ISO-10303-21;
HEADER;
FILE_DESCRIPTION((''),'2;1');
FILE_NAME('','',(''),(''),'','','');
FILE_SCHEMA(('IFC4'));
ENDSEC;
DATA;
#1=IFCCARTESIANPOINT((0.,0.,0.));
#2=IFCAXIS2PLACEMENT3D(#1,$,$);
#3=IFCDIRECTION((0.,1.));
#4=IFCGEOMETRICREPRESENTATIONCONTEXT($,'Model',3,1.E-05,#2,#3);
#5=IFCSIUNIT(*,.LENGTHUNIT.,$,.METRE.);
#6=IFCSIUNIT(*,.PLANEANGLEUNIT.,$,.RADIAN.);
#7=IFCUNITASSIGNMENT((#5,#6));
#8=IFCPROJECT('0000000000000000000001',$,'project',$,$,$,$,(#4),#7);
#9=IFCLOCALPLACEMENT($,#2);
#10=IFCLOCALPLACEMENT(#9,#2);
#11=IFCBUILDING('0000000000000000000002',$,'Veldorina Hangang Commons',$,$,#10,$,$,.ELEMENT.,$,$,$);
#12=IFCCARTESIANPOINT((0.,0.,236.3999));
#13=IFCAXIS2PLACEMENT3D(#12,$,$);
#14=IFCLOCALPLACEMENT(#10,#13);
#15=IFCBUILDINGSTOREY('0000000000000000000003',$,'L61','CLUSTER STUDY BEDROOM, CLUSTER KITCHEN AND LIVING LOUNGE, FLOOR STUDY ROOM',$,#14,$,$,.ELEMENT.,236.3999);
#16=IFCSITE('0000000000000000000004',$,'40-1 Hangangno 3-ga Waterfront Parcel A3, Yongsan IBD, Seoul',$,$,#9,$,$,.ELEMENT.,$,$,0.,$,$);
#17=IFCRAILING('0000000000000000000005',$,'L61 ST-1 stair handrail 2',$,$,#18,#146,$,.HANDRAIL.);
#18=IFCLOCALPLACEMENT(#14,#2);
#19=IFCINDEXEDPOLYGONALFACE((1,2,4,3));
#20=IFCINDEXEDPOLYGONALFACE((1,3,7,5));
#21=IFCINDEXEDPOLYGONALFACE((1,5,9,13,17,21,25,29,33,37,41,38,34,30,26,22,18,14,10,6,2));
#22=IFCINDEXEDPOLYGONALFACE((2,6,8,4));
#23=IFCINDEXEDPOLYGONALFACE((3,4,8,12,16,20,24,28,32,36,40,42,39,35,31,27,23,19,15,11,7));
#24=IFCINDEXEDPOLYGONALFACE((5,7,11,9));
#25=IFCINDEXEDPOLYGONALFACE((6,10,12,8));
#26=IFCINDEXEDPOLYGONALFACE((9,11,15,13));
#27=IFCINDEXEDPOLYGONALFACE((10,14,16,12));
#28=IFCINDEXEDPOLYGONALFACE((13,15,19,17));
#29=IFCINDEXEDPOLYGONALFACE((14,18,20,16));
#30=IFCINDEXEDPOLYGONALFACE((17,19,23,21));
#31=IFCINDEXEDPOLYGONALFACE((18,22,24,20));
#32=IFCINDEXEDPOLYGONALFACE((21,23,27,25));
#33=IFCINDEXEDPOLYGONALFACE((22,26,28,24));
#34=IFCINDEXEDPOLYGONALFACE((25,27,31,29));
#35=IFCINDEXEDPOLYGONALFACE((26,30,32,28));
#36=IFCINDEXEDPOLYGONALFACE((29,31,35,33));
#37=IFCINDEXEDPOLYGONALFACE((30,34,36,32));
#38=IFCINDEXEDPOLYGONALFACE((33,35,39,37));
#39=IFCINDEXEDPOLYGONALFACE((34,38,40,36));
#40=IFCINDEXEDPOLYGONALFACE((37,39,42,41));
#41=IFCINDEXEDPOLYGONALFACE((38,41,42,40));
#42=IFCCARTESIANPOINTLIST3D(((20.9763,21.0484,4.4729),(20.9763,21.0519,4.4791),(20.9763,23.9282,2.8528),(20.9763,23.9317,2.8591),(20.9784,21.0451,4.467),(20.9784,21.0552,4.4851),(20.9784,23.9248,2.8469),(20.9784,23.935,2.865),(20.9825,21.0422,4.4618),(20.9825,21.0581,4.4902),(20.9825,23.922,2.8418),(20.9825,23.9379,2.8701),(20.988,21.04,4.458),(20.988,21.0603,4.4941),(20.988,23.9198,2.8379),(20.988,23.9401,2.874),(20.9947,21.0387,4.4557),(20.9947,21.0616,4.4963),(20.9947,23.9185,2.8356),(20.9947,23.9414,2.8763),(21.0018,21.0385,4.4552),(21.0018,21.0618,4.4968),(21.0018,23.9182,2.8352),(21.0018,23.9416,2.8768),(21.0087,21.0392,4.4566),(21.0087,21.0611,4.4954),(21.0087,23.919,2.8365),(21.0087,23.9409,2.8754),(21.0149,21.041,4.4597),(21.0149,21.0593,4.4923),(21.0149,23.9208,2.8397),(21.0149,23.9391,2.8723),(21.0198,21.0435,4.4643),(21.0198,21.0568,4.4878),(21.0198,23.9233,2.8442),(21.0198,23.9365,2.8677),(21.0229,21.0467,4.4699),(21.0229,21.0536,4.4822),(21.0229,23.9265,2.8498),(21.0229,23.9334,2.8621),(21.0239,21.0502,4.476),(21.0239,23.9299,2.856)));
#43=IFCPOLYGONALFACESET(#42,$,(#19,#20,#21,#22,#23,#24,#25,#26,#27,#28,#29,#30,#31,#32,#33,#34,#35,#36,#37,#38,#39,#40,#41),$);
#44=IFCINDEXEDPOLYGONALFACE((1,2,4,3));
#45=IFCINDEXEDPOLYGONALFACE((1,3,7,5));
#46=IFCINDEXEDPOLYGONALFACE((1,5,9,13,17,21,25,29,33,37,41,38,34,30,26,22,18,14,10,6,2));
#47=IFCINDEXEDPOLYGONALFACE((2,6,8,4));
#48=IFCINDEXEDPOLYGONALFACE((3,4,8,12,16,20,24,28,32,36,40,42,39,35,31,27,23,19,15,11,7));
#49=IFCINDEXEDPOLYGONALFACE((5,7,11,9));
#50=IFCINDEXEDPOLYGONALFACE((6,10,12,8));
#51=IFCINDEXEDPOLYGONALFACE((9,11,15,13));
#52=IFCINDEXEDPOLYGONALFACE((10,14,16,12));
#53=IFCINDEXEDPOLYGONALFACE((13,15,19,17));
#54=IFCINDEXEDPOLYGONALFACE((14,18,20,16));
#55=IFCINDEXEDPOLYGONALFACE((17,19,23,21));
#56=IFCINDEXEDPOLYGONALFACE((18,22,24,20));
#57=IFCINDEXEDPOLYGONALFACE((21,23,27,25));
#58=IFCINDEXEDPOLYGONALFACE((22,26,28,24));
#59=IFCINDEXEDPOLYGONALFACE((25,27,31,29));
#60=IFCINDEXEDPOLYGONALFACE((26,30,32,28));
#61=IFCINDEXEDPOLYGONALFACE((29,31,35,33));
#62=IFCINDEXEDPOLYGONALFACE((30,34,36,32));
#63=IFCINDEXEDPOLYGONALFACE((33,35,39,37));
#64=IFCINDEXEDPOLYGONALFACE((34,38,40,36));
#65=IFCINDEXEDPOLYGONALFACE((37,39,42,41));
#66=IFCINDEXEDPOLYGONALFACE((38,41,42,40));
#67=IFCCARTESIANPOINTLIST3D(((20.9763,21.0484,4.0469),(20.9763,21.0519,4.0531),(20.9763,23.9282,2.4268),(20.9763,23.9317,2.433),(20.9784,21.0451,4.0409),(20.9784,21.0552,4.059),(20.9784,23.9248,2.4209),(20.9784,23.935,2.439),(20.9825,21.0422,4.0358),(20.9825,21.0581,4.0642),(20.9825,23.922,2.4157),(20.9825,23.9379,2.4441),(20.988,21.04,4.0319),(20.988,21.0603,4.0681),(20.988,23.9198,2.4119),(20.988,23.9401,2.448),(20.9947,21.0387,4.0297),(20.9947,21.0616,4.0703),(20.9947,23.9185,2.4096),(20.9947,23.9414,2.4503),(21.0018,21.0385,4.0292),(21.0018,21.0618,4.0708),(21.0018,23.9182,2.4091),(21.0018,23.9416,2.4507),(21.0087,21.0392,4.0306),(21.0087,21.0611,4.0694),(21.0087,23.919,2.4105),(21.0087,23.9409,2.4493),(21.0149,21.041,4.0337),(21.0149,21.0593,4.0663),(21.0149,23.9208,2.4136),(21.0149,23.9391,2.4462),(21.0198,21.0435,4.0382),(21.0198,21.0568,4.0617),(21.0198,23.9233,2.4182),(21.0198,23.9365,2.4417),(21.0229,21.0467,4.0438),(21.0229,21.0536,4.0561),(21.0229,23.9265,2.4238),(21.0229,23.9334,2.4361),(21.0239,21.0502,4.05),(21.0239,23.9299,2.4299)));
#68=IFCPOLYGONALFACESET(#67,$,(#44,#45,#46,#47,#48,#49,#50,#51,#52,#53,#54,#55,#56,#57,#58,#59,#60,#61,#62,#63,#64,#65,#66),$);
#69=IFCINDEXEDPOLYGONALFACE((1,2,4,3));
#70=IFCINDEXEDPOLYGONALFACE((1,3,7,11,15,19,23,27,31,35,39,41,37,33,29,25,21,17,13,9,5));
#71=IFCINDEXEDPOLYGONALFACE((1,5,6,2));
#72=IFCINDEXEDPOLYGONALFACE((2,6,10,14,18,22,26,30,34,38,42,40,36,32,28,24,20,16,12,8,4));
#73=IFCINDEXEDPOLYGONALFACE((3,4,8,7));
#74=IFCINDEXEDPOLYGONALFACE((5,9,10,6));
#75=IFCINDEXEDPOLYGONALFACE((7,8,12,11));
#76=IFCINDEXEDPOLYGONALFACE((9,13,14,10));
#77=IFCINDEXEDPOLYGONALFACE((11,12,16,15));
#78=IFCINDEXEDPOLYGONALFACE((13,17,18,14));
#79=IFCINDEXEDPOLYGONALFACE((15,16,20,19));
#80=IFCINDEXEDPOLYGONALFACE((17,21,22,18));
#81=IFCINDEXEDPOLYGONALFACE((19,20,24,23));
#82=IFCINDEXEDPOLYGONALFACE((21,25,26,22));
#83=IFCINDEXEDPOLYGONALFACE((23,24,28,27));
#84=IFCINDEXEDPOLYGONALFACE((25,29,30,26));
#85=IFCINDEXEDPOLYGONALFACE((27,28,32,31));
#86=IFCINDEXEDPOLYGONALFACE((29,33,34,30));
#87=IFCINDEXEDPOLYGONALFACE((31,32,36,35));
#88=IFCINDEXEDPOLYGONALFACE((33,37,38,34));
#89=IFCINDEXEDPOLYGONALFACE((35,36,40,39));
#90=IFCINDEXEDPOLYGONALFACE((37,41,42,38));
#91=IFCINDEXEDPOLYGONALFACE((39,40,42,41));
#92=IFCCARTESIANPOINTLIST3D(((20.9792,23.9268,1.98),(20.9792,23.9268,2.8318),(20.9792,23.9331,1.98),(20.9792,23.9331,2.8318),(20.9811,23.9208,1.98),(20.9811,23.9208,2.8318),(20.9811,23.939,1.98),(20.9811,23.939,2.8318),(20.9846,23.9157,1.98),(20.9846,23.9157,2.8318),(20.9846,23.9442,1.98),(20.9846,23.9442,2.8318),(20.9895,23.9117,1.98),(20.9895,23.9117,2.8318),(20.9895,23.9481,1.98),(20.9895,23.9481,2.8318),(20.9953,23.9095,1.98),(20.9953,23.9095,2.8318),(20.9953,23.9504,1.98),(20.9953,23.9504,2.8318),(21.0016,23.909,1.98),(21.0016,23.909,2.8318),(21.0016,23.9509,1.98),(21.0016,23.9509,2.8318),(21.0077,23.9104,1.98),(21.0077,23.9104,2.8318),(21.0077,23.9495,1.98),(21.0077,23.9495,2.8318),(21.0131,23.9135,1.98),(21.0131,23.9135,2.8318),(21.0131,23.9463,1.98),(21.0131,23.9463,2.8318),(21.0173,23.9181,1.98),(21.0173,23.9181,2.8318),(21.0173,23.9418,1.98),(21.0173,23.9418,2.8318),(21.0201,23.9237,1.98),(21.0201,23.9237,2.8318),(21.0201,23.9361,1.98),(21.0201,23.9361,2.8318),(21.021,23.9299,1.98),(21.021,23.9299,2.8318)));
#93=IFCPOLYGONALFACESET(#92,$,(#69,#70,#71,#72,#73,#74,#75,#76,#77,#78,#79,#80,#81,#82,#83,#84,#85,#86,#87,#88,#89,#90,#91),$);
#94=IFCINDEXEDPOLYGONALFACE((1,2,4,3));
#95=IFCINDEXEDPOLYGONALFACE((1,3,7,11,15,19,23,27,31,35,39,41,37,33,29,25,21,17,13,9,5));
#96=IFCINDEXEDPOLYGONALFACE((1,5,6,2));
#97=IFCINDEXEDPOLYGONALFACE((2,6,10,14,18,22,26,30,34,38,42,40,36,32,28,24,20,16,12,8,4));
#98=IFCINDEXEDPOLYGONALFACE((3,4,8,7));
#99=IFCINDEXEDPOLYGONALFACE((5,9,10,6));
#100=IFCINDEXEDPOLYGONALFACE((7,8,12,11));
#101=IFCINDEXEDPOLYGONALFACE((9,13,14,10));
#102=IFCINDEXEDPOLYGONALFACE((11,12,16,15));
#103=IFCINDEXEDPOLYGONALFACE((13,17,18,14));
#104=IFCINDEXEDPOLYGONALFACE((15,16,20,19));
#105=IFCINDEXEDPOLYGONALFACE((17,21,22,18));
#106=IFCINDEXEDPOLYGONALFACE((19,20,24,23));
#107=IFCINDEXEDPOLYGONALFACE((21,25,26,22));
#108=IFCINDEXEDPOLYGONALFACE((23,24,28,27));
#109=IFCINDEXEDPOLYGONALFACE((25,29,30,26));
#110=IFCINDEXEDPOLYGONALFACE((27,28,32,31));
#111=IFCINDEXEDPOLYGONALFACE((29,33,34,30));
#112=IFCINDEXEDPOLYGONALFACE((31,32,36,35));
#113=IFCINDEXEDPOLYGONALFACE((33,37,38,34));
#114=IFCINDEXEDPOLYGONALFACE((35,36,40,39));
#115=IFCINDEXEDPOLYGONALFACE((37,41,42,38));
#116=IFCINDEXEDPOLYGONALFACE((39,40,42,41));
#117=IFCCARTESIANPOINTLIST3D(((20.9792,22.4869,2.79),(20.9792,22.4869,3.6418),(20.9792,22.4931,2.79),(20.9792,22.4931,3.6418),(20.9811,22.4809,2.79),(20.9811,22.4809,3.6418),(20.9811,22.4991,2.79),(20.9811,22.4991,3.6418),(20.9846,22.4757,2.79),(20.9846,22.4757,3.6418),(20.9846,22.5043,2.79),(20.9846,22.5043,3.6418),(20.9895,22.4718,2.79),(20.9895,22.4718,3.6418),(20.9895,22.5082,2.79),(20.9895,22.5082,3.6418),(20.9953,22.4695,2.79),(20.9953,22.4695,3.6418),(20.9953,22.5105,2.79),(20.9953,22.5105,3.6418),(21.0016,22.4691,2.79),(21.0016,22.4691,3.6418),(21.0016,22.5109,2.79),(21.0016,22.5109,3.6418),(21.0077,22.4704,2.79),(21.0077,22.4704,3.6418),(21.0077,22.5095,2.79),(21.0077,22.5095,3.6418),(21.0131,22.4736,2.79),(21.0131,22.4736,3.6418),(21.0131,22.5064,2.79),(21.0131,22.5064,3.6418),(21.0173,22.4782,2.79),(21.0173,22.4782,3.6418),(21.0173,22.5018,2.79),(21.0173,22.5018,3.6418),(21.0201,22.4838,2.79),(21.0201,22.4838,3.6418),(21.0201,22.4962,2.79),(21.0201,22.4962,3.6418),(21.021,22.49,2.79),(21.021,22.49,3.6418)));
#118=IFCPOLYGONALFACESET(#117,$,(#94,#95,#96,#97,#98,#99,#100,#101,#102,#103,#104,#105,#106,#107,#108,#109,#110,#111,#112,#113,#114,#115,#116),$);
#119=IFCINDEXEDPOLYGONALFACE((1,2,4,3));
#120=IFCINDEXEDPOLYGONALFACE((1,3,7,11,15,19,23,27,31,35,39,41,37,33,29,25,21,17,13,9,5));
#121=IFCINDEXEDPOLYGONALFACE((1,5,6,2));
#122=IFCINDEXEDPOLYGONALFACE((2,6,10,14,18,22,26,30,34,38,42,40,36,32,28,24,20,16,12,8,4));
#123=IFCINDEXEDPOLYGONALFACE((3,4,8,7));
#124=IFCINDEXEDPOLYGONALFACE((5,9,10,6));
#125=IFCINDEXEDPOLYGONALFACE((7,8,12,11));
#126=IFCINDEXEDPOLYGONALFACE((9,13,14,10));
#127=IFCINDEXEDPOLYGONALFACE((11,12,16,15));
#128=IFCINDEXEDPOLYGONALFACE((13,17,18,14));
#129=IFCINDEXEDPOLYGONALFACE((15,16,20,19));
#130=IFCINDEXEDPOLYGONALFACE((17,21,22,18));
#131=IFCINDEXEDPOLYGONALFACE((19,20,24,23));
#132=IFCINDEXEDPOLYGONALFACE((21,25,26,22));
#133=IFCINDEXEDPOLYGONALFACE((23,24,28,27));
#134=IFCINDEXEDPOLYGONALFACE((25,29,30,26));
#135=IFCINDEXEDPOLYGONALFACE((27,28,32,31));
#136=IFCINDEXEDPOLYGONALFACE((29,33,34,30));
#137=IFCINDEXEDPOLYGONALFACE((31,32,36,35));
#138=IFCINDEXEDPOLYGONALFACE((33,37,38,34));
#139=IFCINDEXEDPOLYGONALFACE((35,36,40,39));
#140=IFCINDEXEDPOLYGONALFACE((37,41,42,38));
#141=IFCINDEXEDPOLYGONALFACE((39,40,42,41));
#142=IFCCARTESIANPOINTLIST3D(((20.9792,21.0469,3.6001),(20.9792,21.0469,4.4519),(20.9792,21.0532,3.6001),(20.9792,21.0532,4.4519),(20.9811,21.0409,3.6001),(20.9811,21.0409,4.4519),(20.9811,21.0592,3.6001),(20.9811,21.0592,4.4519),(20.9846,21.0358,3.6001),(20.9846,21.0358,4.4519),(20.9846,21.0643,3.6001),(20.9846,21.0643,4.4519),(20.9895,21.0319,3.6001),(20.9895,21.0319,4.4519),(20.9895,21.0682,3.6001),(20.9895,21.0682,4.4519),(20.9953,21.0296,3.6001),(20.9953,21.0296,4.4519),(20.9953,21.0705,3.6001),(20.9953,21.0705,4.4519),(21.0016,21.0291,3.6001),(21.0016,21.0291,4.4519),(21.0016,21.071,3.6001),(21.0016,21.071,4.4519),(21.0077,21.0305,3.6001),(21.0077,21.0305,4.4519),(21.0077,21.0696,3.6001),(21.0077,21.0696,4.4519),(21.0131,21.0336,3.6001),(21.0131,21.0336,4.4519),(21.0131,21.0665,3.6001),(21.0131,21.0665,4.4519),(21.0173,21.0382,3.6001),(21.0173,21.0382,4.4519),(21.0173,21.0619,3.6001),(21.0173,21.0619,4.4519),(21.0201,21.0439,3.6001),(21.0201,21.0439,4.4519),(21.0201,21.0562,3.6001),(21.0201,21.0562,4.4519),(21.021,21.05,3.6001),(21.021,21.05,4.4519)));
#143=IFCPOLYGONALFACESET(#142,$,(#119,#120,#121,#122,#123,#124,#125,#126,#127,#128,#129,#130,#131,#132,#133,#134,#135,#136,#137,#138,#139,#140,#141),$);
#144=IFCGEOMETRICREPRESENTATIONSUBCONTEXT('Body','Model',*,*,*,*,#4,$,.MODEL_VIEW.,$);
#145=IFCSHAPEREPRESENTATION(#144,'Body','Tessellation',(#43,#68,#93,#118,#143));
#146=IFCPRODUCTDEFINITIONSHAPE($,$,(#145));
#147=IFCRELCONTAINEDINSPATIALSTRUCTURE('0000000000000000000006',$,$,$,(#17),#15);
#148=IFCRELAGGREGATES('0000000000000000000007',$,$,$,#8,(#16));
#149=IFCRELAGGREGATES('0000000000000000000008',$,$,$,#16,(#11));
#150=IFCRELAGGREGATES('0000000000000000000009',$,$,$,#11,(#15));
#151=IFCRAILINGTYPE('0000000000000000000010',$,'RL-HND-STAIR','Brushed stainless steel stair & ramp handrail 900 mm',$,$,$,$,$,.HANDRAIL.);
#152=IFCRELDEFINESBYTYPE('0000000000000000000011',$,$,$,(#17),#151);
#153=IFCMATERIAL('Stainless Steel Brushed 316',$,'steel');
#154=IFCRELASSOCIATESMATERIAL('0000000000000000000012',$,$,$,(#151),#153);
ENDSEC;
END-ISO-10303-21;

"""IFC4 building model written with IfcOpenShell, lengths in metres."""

from ifc_helpers import new_model, si_unit, direction, frame, origin, origin_2d, place, context, subcontext, project, spatial, circle, extrude, material, type_object, element, save


model = new_model("IFC4")

# Units and contexts
model_context = context("Model", 3, precision=1e-05, world=origin(), true_north=direction((0.0, 1.0)))
body_context = subcontext(model_context, "Body", "Model", "MODEL_VIEW")
ifc_project = project(units=[si_unit("LENGTHUNIT", "METRE"), si_unit("PLANEANGLEUNIT", "RADIAN")], contexts=[model_context])

# Site, building, storey
site_placement = place(None, origin())
site = spatial("IfcSite", under=ifc_project, at=site_placement, Name="40-1 Hangangno 3-ga Waterfront Parcel A3, Yongsan IBD, Seoul", CompositionType="ELEMENT", RefElevation=0.0)
building_placement = place(site_placement, origin())
building = spatial("IfcBuilding", under=site, at=building_placement, Name="Veldorina Hangang Commons", CompositionType="ELEMENT")
storey_placement = place(building_placement, frame((0.0, 0.0, 236.3999)))
storey = spatial("IfcBuildingStorey", under=building, at=storey_placement, Name="L61", Description="CLUSTER STUDY BEDROOM, CLUSTER KITCHEN AND LIVING LOUNGE, FLOOR STUDY ROOM", CompositionType="ELEMENT", Elevation=236.3999)

# Railing
ifc_material_1 = material(Name="Stainless Steel Brushed 316", Category="steel")
railing_type_1 = type_object("IfcRailingType", Name="RL-HND-STAIR", Description="Brushed stainless steel stair & ramp handrail 900 mm", PredefinedType="HANDRAIL", material=ifc_material_1)
railing_1_placement = place(storey_placement, frame((21.0, 23.9299, 1.98)))
element("IfcRailing", 1, at=railing_1_placement, inside=storey, type_object=railing_type_1, Name="L61 ST-1 stair handrail 2", PredefinedType="HANDRAIL", context=body_context, shape_type="SweptSolid", body=[
    extrude(circle(Radius=0.0239, at=origin_2d()), frame((0.0, 0.0, 0.876), z_axis=(0.0, -0.871552, 0.490303), x_axis=(1.0, 0.0, 0.0)), (0.0, 0.0, 1.0), 3.3042),
    extrude(circle(Radius=0.0239, at=origin_2d()), frame((0.0, 0.0, 0.45), z_axis=(0.0, -0.871552, 0.490303), x_axis=(1.0, 0.0, 0.0)), (0.0, 0.0, 1.0), 3.3042),
    extrude(circle(Radius=0.021, at=origin_2d()), origin(), (0.0, 0.0, 1.0), 0.8518),
    extrude(circle(Radius=0.021, at=origin_2d()), frame((0.0, -1.4399, 0.8101)), (0.0, 0.0, 1.0), 0.8518),
    extrude(circle(Radius=0.021, at=origin_2d()), frame((0.0, -2.8799, 1.6201)), (0.0, 0.0, 1.0), 0.8518),
])

save(model, "model.ifc")
